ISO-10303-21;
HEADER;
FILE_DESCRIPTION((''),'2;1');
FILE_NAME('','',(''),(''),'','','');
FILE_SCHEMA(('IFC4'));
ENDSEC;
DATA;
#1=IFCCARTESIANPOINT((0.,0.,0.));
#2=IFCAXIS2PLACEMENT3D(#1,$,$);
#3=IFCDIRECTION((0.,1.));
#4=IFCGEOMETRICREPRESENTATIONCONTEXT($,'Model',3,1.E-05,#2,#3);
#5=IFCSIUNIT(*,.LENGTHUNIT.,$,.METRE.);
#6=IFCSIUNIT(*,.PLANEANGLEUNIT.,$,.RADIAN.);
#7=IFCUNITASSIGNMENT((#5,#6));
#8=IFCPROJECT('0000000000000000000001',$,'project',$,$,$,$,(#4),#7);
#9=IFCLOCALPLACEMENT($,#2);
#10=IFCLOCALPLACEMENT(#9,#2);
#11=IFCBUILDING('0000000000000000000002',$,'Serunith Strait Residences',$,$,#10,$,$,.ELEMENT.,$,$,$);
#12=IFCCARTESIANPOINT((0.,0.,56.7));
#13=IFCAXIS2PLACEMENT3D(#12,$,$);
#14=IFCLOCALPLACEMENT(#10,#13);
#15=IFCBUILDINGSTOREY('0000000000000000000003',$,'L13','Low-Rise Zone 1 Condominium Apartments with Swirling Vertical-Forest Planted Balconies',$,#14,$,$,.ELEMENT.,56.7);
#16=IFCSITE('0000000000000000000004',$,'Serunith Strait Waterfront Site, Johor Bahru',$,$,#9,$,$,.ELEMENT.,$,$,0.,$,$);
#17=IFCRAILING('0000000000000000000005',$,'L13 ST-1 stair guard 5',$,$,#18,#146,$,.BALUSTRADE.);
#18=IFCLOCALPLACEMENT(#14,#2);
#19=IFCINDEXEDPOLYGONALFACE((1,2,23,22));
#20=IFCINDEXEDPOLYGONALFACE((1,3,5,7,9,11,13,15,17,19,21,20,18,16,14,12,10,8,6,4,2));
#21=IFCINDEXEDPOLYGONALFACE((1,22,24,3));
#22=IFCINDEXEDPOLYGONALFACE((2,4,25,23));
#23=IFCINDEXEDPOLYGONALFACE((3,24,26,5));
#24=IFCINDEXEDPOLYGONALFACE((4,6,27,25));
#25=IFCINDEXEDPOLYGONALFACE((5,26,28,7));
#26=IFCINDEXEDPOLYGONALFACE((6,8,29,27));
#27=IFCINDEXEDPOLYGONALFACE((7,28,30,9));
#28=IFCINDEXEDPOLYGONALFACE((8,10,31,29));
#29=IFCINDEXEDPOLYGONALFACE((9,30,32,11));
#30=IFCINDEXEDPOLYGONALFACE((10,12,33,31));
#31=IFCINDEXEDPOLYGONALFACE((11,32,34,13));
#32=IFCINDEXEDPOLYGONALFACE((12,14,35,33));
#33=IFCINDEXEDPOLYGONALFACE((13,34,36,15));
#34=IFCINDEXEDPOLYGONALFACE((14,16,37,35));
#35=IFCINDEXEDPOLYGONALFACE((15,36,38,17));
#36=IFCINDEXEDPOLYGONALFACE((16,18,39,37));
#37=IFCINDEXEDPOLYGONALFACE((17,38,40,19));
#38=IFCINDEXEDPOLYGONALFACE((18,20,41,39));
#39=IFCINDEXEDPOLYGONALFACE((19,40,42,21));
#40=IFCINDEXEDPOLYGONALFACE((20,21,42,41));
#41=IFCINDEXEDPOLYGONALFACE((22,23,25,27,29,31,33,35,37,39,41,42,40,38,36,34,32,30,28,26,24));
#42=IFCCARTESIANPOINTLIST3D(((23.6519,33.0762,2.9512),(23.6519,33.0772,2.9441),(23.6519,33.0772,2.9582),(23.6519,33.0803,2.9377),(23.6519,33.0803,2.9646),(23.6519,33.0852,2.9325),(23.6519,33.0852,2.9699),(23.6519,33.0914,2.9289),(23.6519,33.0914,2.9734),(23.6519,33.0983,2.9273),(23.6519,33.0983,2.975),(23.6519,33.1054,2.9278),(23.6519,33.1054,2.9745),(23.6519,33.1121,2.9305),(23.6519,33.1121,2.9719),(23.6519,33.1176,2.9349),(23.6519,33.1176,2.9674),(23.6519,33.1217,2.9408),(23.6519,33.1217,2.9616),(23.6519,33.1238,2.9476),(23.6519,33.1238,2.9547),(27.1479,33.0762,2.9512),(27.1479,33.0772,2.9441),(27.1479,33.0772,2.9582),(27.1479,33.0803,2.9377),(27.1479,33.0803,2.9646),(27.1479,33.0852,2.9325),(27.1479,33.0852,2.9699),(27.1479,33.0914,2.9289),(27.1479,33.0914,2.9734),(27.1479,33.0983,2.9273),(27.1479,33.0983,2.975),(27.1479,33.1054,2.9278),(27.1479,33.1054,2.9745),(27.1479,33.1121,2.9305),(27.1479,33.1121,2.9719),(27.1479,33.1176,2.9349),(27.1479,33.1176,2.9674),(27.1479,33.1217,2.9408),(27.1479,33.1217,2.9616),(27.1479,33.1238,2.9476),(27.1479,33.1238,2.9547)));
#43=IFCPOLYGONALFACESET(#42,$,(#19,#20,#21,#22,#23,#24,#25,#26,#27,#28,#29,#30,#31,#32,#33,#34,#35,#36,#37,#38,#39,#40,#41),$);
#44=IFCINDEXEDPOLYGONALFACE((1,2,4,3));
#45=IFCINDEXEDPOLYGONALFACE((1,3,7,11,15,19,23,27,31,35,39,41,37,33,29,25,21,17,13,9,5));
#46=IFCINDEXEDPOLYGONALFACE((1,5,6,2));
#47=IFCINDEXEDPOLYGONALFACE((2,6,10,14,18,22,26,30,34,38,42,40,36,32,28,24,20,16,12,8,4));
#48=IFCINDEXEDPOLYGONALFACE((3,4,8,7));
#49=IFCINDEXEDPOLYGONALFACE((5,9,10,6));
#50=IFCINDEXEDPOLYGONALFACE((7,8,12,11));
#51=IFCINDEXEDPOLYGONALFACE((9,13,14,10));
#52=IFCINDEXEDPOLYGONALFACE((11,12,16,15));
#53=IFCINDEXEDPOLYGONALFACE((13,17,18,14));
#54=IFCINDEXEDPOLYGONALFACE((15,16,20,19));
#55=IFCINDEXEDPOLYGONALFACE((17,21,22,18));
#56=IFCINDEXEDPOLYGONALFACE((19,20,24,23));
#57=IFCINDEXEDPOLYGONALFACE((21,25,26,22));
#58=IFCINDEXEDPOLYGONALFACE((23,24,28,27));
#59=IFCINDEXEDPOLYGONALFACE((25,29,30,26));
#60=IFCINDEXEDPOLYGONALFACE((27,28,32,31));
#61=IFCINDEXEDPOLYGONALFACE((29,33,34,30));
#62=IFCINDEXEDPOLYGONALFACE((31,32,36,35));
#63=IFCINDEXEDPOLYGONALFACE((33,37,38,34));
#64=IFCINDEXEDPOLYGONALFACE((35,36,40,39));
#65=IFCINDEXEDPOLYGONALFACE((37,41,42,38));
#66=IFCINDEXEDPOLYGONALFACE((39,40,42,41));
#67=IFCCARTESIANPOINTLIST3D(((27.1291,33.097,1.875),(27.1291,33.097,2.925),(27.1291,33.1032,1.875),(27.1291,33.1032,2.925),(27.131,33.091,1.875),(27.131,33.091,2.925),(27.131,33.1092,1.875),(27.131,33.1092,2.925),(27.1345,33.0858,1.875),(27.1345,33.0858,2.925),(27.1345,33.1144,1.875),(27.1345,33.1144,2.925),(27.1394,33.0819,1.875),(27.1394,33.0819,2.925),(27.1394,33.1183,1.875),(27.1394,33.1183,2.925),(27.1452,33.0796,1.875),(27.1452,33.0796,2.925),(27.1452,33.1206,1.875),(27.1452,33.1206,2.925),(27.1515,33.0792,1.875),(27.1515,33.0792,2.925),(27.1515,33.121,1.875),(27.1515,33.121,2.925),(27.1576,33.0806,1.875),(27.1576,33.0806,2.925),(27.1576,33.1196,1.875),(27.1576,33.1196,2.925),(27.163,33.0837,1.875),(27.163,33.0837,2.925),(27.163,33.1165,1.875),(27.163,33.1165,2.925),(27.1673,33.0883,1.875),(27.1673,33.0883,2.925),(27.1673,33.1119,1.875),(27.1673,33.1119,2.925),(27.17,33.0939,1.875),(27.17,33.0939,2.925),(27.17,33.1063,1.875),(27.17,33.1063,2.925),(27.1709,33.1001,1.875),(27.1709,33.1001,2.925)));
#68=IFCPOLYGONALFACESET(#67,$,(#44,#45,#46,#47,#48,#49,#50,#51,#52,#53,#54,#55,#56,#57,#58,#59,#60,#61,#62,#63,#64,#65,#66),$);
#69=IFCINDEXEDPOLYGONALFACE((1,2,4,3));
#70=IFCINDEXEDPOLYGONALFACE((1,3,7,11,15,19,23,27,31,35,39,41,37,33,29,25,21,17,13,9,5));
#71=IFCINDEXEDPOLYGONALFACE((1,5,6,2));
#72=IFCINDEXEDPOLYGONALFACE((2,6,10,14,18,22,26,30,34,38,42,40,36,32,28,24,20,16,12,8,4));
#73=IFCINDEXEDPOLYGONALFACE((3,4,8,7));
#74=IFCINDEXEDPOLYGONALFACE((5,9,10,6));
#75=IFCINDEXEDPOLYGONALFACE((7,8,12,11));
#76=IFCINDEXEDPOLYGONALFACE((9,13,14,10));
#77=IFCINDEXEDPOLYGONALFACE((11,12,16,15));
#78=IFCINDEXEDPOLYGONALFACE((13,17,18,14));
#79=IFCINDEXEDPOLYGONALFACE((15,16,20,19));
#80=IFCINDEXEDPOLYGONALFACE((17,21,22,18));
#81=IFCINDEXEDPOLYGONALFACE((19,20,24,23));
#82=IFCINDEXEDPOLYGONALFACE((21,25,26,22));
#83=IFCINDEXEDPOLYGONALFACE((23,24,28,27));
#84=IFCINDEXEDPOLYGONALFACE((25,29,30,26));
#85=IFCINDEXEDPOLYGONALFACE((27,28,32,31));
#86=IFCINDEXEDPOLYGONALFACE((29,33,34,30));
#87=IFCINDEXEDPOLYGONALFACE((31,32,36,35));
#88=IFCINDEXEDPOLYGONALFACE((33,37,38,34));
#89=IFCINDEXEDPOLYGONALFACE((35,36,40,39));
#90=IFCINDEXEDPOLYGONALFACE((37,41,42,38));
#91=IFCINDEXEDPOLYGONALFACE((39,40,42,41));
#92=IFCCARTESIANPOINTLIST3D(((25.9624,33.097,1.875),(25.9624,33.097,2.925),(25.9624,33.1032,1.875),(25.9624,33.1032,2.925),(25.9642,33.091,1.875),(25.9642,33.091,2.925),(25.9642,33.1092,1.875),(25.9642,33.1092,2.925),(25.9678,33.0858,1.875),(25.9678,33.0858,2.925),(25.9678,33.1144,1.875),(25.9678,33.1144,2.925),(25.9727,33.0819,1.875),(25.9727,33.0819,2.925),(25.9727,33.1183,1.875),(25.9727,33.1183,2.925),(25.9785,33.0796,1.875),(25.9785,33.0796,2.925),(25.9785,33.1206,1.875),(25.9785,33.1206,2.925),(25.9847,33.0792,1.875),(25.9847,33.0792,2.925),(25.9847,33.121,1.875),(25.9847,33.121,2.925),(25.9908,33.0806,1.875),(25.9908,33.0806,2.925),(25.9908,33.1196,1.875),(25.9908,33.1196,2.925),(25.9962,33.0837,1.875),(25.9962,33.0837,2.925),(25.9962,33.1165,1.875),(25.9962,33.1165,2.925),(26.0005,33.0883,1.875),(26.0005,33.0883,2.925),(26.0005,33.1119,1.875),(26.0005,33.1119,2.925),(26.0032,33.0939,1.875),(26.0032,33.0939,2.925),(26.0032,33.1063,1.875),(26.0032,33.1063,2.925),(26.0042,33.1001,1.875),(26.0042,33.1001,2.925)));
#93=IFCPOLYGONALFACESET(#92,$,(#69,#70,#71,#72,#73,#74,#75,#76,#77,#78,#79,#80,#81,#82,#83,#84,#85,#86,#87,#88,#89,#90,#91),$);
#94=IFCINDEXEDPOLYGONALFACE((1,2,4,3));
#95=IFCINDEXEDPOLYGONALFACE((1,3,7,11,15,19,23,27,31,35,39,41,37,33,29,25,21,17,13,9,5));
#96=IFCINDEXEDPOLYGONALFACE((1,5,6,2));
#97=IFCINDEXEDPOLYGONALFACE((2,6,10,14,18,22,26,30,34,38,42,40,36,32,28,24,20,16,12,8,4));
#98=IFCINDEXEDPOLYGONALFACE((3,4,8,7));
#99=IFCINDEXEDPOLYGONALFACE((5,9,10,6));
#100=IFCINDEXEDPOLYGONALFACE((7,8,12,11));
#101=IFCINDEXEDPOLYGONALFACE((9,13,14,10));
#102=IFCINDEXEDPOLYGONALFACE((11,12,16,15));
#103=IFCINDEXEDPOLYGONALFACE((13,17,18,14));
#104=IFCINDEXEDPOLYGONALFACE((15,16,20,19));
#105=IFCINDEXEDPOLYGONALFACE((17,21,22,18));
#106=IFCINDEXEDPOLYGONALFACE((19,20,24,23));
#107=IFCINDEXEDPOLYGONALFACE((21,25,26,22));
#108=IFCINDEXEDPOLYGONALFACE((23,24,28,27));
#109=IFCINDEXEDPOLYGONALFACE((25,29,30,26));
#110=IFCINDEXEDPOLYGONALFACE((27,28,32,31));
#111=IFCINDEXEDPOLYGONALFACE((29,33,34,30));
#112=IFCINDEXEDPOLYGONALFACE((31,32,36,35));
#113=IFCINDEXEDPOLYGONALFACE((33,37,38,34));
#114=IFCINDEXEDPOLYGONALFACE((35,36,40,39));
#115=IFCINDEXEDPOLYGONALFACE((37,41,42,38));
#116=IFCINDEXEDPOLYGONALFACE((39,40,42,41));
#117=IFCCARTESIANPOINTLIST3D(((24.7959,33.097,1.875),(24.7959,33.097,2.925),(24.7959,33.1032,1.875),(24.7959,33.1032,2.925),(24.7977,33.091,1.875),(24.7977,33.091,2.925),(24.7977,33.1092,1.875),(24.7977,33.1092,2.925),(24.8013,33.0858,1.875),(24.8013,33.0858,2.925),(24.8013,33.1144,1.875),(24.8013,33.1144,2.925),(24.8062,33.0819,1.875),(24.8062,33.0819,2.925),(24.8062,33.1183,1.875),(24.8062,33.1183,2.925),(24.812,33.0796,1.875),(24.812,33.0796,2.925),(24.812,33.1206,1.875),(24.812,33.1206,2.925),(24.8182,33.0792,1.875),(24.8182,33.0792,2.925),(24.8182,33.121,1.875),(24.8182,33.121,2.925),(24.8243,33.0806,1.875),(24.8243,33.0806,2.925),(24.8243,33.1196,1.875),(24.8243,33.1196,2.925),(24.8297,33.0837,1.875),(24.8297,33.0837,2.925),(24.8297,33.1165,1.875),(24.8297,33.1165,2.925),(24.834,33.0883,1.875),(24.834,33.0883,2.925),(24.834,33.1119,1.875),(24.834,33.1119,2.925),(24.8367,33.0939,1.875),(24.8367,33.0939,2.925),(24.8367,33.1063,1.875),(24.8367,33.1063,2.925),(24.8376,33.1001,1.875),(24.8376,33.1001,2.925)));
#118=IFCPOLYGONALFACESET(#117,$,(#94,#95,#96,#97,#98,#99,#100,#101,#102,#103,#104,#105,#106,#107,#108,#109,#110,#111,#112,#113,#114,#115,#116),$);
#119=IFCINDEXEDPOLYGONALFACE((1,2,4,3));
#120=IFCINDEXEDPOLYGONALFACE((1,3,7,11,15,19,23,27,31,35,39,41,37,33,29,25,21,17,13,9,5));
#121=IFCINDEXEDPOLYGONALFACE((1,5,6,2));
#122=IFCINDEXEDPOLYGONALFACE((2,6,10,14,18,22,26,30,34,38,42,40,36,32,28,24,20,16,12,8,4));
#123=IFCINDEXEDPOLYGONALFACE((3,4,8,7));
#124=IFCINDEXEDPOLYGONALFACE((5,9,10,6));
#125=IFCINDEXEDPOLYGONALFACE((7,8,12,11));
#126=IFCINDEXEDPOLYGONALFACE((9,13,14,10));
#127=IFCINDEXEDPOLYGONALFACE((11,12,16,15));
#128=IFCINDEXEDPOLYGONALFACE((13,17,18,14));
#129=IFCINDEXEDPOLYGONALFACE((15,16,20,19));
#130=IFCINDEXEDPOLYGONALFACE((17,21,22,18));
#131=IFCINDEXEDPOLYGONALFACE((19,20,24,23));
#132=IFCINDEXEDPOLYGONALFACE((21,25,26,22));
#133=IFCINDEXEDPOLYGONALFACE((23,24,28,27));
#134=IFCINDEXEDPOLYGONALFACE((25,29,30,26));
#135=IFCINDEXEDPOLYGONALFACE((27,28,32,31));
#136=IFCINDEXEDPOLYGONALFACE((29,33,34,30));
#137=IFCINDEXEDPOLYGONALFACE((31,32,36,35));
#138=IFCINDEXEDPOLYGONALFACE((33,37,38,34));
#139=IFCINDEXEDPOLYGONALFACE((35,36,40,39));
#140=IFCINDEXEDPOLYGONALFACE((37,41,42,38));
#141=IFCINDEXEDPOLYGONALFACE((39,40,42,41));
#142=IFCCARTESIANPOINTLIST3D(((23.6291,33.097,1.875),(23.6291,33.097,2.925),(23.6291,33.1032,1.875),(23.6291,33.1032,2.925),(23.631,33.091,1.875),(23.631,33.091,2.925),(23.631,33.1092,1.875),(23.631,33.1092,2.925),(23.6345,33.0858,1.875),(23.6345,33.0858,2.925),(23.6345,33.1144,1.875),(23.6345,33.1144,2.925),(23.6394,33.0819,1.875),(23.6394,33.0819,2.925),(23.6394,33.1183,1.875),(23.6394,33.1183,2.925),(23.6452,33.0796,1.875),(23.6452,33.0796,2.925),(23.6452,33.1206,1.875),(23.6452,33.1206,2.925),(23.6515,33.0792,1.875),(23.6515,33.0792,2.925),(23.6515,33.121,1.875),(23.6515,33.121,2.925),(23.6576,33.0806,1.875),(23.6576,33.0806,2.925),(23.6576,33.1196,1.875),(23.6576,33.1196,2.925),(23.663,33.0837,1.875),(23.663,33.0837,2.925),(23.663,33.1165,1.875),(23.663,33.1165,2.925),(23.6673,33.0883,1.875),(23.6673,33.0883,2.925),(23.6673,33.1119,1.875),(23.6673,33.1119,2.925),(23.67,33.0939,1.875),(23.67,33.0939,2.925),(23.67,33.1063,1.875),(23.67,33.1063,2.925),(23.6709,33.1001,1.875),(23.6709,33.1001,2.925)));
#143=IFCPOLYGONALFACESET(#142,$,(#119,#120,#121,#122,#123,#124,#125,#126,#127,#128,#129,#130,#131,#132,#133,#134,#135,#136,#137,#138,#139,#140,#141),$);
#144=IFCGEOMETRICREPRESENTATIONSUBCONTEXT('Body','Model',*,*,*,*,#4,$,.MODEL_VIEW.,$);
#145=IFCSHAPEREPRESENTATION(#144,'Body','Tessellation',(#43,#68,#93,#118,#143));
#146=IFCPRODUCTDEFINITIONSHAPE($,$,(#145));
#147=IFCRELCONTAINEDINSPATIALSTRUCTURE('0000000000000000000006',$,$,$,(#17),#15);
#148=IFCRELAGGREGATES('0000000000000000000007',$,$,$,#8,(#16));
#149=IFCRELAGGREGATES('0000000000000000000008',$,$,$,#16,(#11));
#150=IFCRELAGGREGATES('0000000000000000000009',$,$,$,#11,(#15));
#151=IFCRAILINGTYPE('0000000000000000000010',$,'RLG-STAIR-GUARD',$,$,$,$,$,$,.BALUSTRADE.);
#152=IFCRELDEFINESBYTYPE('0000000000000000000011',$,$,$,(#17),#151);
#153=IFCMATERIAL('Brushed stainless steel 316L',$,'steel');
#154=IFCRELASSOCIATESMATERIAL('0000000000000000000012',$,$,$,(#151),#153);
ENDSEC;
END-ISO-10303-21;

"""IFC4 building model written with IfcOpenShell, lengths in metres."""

from ifc_helpers import new_model, si_unit, direction, frame, origin, origin_2d, place, context, subcontext, project, spatial, circle, extrude, material, type_object, element, save


model = new_model("IFC4")

# Units and contexts
model_context = context("Model", 3, precision=1e-05, world=origin(), true_north=direction((0.0, 1.0)))
body_context = subcontext(model_context, "Body", "Model", "MODEL_VIEW")
ifc_project = project(units=[si_unit("LENGTHUNIT", "METRE"), si_unit("PLANEANGLEUNIT", "RADIAN")], contexts=[model_context])

# Site, building, storey
site_placement = place(None, origin())
site = spatial("IfcSite", under=ifc_project, at=site_placement, Name="Serunith Strait Waterfront Site, Johor Bahru", CompositionType="ELEMENT", RefElevation=0.0)
building_placement = place(site_placement, origin())
building = spatial("IfcBuilding", under=site, at=building_placement, Name="Serunith Strait Residences", CompositionType="ELEMENT")
storey_placement = place(building_placement, frame((0.0, 0.0, 56.7)))
storey = spatial("IfcBuildingStorey", under=building, at=storey_placement, Name="L13", Description="Low-Rise Zone 1 Condominium Apartments with Swirling Vertical-Forest Planted Balconies", CompositionType="ELEMENT", Elevation=56.7)

# Railing
ifc_material_1 = material(Name="Brushed stainless steel 316L", Category="steel")
railing_type_1 = type_object("IfcRailingType", Name="RLG-STAIR-GUARD", PredefinedType="BALUSTRADE", material=ifc_material_1)
railing_1_placement = place(storey_placement, frame((27.1499, 33.1001, 1.875)))
element("IfcRailing", 1, at=railing_1_placement, inside=storey, type_object=railing_type_1, Name="L13 ST-1 stair guard 5", PredefinedType="BALUSTRADE", context=body_context, shape_type="SweptSolid", body=[
    extrude(circle(Radius=0.0239, at=origin_2d()), frame((-0.002, 0.0, 1.0762), z_axis=(-1.0, 0.0, 0.0), x_axis=(0.0, -1.0, 0.0)), (0.0, 0.0, 1.0), 3.4961),
    extrude(circle(Radius=0.021, at=origin_2d()), origin(), (0.0, 0.0, 1.0), 1.05),
    extrude(circle(Radius=0.021, at=origin_2d()), frame((-1.1667, 0.0, 0.0)), (0.0, 0.0, 1.0), 1.05),
    extrude(circle(Radius=0.021, at=origin_2d()), frame((-2.3333, 0.0, 0.0)), (0.0, 0.0, 1.0), 1.05),
    extrude(circle(Radius=0.021, at=origin_2d()), frame((-3.5, 0.0, 0.0)), (0.0, 0.0, 1.0), 1.05),
])

save(model, "model.ifc")
